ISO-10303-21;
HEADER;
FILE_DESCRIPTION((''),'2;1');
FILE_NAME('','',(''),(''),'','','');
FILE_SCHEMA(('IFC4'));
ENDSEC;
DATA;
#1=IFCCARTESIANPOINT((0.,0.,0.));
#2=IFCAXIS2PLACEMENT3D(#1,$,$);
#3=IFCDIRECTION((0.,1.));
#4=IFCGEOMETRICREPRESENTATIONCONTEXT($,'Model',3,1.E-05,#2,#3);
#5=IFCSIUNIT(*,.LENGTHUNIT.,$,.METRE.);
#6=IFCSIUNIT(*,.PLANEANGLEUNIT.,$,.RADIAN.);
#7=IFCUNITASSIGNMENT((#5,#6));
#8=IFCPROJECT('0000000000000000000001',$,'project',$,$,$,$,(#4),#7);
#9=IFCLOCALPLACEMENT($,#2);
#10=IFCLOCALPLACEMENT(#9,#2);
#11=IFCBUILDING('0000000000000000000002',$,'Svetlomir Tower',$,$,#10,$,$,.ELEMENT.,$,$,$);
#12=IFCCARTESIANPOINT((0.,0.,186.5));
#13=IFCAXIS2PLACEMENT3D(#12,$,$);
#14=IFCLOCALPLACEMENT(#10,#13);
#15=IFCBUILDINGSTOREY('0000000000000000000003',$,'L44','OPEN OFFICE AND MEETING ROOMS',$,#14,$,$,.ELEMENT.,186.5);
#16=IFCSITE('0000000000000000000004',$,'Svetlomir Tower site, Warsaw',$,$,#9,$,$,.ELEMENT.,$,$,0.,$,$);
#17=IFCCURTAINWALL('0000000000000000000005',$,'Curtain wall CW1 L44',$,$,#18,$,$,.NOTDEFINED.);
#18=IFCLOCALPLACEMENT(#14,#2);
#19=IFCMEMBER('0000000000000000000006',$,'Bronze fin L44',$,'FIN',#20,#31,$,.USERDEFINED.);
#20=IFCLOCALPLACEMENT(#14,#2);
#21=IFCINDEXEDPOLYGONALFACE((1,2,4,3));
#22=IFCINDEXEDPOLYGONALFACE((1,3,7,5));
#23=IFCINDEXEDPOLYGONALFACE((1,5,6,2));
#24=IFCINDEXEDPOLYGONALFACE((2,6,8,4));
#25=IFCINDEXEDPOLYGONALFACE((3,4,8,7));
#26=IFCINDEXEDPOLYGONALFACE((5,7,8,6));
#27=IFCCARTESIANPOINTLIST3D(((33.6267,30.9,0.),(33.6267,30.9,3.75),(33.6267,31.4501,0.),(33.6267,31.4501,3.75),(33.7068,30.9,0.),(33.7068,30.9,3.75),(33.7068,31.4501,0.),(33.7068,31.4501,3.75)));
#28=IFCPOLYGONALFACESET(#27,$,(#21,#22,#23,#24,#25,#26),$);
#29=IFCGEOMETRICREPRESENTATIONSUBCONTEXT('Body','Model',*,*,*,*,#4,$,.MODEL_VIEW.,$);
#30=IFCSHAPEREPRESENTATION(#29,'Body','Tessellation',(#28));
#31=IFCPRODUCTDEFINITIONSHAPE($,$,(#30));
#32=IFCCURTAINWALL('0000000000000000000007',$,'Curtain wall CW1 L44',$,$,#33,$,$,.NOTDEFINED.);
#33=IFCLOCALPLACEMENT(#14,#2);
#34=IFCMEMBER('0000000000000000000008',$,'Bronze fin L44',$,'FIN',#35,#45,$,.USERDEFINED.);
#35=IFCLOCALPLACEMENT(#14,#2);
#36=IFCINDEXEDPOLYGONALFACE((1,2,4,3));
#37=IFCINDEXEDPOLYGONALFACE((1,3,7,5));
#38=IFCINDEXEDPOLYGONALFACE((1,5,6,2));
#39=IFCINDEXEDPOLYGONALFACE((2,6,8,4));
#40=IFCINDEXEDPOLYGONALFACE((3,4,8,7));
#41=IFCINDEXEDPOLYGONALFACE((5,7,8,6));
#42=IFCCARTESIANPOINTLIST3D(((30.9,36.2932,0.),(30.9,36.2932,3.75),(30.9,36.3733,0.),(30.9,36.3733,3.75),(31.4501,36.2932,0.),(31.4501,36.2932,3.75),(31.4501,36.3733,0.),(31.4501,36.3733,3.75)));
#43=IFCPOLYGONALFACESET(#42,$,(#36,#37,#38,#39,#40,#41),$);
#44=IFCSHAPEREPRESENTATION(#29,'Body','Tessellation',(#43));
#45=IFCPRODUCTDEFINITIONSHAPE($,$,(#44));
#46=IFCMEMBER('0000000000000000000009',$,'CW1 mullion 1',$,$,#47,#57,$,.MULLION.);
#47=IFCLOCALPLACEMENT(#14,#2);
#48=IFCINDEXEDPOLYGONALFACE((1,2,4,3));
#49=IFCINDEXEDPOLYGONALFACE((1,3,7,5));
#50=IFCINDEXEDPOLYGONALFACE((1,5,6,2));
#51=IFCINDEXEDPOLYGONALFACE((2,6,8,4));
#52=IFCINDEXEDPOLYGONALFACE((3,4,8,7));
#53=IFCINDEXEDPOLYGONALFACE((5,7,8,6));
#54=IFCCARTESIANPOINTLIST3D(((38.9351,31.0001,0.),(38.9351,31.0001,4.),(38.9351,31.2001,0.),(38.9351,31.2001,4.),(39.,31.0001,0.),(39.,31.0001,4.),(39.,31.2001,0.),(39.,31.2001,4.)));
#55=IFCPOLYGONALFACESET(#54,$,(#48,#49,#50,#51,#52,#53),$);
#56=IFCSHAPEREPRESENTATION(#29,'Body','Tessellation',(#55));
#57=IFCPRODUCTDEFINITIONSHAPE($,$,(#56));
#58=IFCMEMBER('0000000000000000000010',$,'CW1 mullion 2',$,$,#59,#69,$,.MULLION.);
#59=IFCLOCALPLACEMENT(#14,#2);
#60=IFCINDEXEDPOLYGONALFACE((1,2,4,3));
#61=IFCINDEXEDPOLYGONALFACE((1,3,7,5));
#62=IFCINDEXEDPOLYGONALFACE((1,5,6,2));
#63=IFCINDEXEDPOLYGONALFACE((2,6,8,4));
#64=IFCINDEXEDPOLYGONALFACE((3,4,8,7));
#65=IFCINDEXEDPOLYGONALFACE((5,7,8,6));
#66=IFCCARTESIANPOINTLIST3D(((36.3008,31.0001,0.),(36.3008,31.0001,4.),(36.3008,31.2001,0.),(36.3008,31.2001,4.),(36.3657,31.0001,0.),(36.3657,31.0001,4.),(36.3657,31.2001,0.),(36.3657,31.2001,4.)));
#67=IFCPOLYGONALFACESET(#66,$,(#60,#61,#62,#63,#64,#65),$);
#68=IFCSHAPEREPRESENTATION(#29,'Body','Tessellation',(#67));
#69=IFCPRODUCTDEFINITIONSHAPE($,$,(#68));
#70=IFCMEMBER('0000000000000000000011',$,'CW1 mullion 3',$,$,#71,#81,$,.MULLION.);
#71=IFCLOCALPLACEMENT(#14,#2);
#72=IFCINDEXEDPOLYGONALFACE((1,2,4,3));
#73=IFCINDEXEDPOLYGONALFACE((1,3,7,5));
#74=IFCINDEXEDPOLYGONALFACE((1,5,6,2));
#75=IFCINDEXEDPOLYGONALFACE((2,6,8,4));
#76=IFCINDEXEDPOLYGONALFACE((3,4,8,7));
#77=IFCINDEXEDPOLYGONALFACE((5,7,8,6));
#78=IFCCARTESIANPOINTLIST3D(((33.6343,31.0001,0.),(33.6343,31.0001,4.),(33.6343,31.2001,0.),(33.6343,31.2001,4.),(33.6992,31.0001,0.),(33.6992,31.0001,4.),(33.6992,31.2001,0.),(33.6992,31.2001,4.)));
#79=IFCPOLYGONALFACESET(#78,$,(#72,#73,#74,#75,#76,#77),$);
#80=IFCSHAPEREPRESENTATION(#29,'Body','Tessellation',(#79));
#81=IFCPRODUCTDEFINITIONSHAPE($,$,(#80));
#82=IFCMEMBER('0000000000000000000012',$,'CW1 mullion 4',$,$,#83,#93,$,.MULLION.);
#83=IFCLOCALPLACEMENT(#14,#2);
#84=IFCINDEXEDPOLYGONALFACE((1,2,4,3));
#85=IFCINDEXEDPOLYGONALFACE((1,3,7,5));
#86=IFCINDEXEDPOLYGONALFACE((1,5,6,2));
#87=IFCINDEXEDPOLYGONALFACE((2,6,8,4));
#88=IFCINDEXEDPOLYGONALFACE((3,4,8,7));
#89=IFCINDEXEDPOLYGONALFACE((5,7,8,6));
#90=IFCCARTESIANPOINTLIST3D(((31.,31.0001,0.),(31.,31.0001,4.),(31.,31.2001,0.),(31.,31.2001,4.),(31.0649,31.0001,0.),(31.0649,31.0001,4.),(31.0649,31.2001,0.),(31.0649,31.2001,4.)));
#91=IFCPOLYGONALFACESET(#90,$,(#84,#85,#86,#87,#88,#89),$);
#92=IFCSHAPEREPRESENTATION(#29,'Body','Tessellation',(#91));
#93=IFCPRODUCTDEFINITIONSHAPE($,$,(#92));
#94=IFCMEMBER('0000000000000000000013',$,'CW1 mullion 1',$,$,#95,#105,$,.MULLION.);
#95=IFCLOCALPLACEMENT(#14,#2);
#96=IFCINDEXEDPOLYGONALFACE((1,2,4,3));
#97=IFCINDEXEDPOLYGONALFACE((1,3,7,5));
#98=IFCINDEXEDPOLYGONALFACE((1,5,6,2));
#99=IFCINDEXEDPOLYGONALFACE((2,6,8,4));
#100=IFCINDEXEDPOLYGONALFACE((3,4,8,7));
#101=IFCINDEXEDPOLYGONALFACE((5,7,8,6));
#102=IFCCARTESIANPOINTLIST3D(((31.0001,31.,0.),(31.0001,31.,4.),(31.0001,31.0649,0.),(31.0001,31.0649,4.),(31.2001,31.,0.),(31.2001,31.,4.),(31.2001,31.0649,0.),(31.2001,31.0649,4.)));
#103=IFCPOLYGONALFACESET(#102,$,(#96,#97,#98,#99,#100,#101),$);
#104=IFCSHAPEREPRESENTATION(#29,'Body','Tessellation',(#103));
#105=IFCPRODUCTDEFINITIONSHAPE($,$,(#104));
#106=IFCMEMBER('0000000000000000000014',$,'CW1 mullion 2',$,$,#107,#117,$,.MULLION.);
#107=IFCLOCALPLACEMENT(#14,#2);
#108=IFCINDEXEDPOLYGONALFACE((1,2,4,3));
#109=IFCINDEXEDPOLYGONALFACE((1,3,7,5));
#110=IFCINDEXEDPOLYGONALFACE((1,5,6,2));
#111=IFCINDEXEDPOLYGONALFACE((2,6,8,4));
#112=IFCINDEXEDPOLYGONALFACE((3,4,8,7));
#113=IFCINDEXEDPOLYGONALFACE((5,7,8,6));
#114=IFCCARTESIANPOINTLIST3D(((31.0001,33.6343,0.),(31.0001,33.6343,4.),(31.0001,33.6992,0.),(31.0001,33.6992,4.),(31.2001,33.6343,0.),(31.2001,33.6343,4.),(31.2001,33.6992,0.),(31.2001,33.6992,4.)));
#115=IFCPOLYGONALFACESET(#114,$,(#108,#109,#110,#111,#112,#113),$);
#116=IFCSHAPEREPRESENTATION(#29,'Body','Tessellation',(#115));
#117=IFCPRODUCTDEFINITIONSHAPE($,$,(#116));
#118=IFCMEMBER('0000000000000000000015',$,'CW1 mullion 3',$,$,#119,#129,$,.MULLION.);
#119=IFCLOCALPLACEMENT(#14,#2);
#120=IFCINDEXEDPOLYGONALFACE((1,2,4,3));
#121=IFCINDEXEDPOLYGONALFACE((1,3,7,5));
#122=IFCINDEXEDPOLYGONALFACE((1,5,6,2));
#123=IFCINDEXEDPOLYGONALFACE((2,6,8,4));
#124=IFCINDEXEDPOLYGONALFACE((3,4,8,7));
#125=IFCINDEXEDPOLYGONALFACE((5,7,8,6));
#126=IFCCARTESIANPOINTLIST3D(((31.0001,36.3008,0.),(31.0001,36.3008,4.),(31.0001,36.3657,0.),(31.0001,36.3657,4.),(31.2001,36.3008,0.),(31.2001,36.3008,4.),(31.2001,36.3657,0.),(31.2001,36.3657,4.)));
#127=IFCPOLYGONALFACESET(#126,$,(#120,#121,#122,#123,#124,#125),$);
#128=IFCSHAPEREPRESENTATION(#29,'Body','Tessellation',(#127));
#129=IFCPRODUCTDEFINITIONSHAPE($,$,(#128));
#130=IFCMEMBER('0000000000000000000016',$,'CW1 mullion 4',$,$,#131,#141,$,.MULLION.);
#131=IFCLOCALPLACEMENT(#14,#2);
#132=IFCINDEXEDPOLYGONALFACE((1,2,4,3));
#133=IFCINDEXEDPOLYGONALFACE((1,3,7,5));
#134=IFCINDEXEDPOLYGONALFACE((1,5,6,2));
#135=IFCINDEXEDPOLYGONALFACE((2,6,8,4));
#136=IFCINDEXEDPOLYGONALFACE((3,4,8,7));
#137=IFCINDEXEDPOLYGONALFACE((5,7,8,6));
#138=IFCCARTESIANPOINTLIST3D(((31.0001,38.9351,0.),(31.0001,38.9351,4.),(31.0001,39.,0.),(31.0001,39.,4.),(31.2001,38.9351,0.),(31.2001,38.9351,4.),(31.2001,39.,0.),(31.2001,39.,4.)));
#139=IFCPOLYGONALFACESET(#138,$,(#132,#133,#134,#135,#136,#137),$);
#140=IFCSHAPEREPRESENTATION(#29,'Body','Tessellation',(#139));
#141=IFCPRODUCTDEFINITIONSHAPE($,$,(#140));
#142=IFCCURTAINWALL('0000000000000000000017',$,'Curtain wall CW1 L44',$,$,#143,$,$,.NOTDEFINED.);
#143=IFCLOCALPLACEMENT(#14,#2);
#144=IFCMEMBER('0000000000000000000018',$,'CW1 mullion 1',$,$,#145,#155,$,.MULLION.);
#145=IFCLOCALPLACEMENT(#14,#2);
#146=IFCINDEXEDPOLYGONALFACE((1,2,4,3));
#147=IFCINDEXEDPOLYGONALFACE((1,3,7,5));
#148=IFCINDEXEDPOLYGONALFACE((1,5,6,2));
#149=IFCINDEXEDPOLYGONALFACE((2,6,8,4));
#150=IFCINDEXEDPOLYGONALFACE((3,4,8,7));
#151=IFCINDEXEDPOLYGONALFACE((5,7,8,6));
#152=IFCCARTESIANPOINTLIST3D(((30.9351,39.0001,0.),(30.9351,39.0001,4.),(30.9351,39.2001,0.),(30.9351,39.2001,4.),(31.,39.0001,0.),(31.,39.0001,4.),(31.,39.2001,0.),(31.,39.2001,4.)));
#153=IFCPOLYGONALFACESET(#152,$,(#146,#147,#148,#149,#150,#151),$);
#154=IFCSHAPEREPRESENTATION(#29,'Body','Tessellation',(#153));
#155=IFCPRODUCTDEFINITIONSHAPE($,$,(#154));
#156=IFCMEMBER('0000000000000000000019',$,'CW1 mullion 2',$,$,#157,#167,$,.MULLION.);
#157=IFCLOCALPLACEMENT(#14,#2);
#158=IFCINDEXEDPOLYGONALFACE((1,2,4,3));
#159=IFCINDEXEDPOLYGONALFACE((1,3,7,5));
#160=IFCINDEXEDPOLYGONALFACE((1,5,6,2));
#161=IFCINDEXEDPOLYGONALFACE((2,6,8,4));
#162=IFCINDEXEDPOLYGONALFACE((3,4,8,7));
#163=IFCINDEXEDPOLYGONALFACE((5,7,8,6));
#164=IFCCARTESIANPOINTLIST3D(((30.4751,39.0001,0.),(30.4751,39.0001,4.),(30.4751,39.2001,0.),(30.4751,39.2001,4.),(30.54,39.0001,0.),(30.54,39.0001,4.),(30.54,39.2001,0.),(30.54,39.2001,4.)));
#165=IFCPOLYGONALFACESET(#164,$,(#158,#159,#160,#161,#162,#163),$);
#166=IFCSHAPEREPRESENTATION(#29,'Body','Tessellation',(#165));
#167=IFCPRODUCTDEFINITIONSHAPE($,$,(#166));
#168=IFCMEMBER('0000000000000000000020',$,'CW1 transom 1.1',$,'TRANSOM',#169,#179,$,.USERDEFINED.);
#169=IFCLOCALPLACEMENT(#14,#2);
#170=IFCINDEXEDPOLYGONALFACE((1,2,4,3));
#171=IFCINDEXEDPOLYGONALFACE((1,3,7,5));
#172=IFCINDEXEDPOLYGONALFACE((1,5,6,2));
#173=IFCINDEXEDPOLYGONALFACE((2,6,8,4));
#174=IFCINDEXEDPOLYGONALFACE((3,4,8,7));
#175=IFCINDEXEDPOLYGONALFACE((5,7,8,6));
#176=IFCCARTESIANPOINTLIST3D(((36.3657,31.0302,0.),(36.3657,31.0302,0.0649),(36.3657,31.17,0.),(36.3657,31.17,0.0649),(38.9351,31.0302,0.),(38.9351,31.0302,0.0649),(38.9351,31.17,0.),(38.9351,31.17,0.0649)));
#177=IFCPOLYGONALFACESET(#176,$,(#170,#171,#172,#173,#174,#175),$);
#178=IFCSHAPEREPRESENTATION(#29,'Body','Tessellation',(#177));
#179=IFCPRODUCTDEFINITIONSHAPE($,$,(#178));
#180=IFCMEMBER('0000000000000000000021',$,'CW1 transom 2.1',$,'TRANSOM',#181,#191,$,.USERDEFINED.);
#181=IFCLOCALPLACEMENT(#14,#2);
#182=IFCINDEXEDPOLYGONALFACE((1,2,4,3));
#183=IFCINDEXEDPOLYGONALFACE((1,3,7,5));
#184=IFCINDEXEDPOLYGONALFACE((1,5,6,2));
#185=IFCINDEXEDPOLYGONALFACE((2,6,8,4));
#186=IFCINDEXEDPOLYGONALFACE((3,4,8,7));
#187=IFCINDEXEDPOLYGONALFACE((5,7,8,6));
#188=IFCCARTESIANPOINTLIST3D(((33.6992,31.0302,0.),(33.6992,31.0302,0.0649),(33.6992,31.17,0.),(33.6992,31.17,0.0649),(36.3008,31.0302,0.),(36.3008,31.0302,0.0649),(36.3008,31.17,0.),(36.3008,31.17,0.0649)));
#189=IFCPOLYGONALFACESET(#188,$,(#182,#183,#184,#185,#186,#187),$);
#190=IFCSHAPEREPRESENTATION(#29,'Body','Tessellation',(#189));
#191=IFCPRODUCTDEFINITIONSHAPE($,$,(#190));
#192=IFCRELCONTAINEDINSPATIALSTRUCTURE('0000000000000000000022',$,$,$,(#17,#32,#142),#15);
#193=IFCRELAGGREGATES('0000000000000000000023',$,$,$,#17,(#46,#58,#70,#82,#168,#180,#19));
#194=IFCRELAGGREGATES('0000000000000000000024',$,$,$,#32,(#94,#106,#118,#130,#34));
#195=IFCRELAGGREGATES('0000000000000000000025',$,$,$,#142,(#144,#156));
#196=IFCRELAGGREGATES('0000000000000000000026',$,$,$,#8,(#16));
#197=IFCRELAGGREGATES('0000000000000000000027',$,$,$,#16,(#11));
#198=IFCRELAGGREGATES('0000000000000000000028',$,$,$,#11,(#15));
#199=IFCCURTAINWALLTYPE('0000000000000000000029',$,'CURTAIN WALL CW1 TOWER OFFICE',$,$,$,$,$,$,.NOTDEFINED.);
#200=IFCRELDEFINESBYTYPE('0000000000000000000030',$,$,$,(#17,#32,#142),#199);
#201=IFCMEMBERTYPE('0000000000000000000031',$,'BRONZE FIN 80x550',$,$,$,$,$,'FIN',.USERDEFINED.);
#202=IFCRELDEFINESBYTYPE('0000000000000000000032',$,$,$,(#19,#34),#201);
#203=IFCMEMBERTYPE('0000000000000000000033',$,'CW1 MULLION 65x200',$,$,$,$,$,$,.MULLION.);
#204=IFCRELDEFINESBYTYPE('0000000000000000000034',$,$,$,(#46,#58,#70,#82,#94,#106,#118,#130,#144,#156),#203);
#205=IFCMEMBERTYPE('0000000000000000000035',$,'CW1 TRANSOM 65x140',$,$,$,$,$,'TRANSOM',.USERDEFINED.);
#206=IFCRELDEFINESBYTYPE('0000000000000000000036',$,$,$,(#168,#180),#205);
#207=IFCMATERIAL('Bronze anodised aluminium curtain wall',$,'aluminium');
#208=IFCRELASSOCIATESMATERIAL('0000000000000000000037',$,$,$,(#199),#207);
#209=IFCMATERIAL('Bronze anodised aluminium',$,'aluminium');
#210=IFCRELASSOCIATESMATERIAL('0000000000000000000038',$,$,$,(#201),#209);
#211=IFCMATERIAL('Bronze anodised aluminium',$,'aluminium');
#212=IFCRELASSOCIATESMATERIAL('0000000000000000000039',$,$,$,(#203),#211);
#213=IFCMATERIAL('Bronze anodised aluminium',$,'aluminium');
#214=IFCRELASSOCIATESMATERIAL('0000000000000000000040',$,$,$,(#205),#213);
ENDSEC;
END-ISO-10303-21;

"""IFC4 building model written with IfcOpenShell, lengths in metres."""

from ifc_helpers import new_model, si_unit, direction, frame, origin, origin_2d, place, context, subcontext, project, spatial, rectangle, extrude, material, material_profile, profile_set, type_object, element, aggregate, save


model = new_model("IFC4")

# Units and contexts
model_context = context("Model", 3, precision=1e-05, world=origin(), true_north=direction((0.0, 1.0)))
body_context = subcontext(model_context, "Body", "Model", "MODEL_VIEW")
ifc_project = project(units=[si_unit("LENGTHUNIT", "METRE"), si_unit("PLANEANGLEUNIT", "RADIAN")], contexts=[model_context])

# Site, building, storey
site_placement = place(None, origin())
site = spatial("IfcSite", under=ifc_project, at=site_placement, Name="Svetlomir Tower site, Warsaw", CompositionType="ELEMENT", RefElevation=0.0)
building_placement = place(site_placement, origin())
building = spatial("IfcBuilding", under=site, at=building_placement, Name="Svetlomir Tower", CompositionType="ELEMENT")
storey_placement = place(building_placement, frame((0.0, 0.0, 186.5)))
storey = spatial("IfcBuildingStorey", under=building, at=storey_placement, Name="L44", Description="OPEN OFFICE AND MEETING ROOMS", CompositionType="ELEMENT", Elevation=186.5)

# Curtain walls, members
ifc_material_1 = material(Name="Bronze anodised aluminium curtain wall", Category="aluminium")
curtain_wall_type = type_object("IfcCurtainWallType", Name="CURTAIN WALL CW1 TOWER OFFICE", PredefinedType="NOTDEFINED", material=ifc_material_1)
curtain_wall_1_placement = place(storey_placement, origin())
curtain_wall_1 = element("IfcCurtainWall", 1, at=curtain_wall_1_placement, inside=storey, type_object=curtain_wall_type, Name="Curtain wall CW1 L44", PredefinedType="NOTDEFINED")
ifc_material_2 = material(Name="Bronze anodised aluminium", Category="aluminium")
ifc_material_profile_1 = material_profile(ifc_material_2, rectangle(XDim=0.0801, YDim=0.55, at=origin_2d()), Name="FIN 80x550")
ifc_profile_set_1 = profile_set([ifc_material_profile_1], Name="Bronze anodised aluminium 6063-T6")
member_type_1 = type_object("IfcMemberType", Name="BRONZE FIN 80x550", ElementType="FIN", PredefinedType="USERDEFINED", material=ifc_profile_set_1)
member_1_placement = place(storey_placement, frame((33.6667, 31.175, 0.0), z_axis=(0.0, 0.0, 1.0), x_axis=(1.0, 0.0, 0.0)))
member_1 = element("IfcMember", 2, at=member_1_placement, type_object=member_type_1, Name="Bronze fin L44", ObjectType="FIN", PredefinedType="USERDEFINED", context=body_context, shape_type="SweptSolid", body=[
    extrude(rectangle(XDim=0.0801, YDim=0.55, at=origin_2d()), origin(), (0.0, 0.0, 1.0), 3.75),
])
curtain_wall_2_placement = place(storey_placement, origin())
curtain_wall_2 = element("IfcCurtainWall", 3, at=curtain_wall_2_placement, inside=storey, type_object=curtain_wall_type, Name="Curtain wall CW1 L44", PredefinedType="NOTDEFINED")
member_2_placement = place(storey_placement, frame((31.175, 36.3333, 0.0), z_axis=(0.0, 0.0, 1.0), x_axis=(0.0, 1.0, 0.0)))
member_2 = element("IfcMember", 4, at=member_2_placement, type_object=member_type_1, Name="Bronze fin L44", ObjectType="FIN", PredefinedType="USERDEFINED", context=body_context, shape_type="SweptSolid", body=[
    extrude(rectangle(XDim=0.0801, YDim=0.55, at=origin_2d()), origin(), (0.0, 0.0, 1.0), 3.75),
])

# Members
ifc_material_3 = material(Name="Bronze anodised aluminium", Category="aluminium")
ifc_material_profile_2 = material_profile(ifc_material_3, rectangle(XDim=0.0649, YDim=0.2, at=origin_2d()), Name="AL 65x200")
ifc_profile_set_2 = profile_set([ifc_material_profile_2], Name="Bronze anodised aluminium 6063-T6")
member_type_2 = type_object("IfcMemberType", Name="CW1 MULLION 65x200", PredefinedType="MULLION", material=ifc_profile_set_2)
member_3_placement = place(storey_placement, frame((38.9675, 31.1001, 0.0), z_axis=(0.0, 0.0, 1.0), x_axis=(-1.0, 0.0, 0.0)))
member_3 = element("IfcMember", 5, at=member_3_placement, type_object=member_type_2, Name="CW1 mullion 1", PredefinedType="MULLION", context=body_context, shape_type="SweptSolid", body=[
    extrude(rectangle(XDim=0.0649, YDim=0.2, at=origin_2d()), origin(), (0.0, 0.0, 1.0), 4.0),
])
member_4_placement = place(storey_placement, frame((36.3333, 31.1001, 0.0), z_axis=(0.0, 0.0, 1.0), x_axis=(-1.0, 0.0, 0.0)))
member_4 = element("IfcMember", 6, at=member_4_placement, type_object=member_type_2, Name="CW1 mullion 2", PredefinedType="MULLION", context=body_context, shape_type="SweptSolid", body=[
    extrude(rectangle(XDim=0.0649, YDim=0.2, at=origin_2d()), origin(), (0.0, 0.0, 1.0), 4.0),
])
member_5_placement = place(storey_placement, frame((33.6667, 31.1001, 0.0), z_axis=(0.0, 0.0, 1.0), x_axis=(-1.0, 0.0, 0.0)))
member_5 = element("IfcMember", 7, at=member_5_placement, type_object=member_type_2, Name="CW1 mullion 3", PredefinedType="MULLION", context=body_context, shape_type="SweptSolid", body=[
    extrude(rectangle(XDim=0.0649, YDim=0.2, at=origin_2d()), origin(), (0.0, 0.0, 1.0), 4.0),
])
member_6_placement = place(storey_placement, frame((31.0325, 31.1001, 0.0), z_axis=(0.0, 0.0, 1.0), x_axis=(-1.0, 0.0, 0.0)))
member_6 = element("IfcMember", 8, at=member_6_placement, type_object=member_type_2, Name="CW1 mullion 4", PredefinedType="MULLION", context=body_context, shape_type="SweptSolid", body=[
    extrude(rectangle(XDim=0.0649, YDim=0.2, at=origin_2d()), origin(), (0.0, 0.0, 1.0), 4.0),
])
member_7_placement = place(storey_placement, frame((31.1001, 31.0325, 0.0), z_axis=(0.0, 0.0, 1.0), x_axis=(0.0, 1.0, 0.0)))
member_7 = element("IfcMember", 9, at=member_7_placement, type_object=member_type_2, Name="CW1 mullion 1", PredefinedType="MULLION", context=body_context, shape_type="SweptSolid", body=[
    extrude(rectangle(XDim=0.0649, YDim=0.2, at=origin_2d()), origin(), (0.0, 0.0, 1.0), 4.0),
])
member_8_placement = place(storey_placement, frame((31.1001, 33.6667, 0.0), z_axis=(0.0, 0.0, 1.0), x_axis=(0.0, 1.0, 0.0)))
member_8 = element("IfcMember", 10, at=member_8_placement, type_object=member_type_2, Name="CW1 mullion 2", PredefinedType="MULLION", context=body_context, shape_type="SweptSolid", body=[
    extrude(rectangle(XDim=0.0649, YDim=0.2, at=origin_2d()), origin(), (0.0, 0.0, 1.0), 4.0),
])
member_9_placement = place(storey_placement, frame((31.1001, 36.3333, 0.0), z_axis=(0.0, 0.0, 1.0), x_axis=(0.0, 1.0, 0.0)))
member_9 = element("IfcMember", 11, at=member_9_placement, type_object=member_type_2, Name="CW1 mullion 3", PredefinedType="MULLION", context=body_context, shape_type="SweptSolid", body=[
    extrude(rectangle(XDim=0.0649, YDim=0.2, at=origin_2d()), origin(), (0.0, 0.0, 1.0), 4.0),
])
member_10_placement = place(storey_placement, frame((31.1001, 38.9675, 0.0), z_axis=(0.0, 0.0, 1.0), x_axis=(0.0, 1.0, 0.0)))
member_10 = element("IfcMember", 12, at=member_10_placement, type_object=member_type_2, Name="CW1 mullion 4", PredefinedType="MULLION", context=body_context, shape_type="SweptSolid", body=[
    extrude(rectangle(XDim=0.0649, YDim=0.2, at=origin_2d()), origin(), (0.0, 0.0, 1.0), 4.0),
])

# Curtain wall, members
curtain_wall_3_placement = place(storey_placement, origin())
curtain_wall_3 = element("IfcCurtainWall", 13, at=curtain_wall_3_placement, inside=storey, type_object=curtain_wall_type, Name="Curtain wall CW1 L44", PredefinedType="NOTDEFINED")
member_11_placement = place(storey_placement, frame((30.9675, 39.1001, 0.0), z_axis=(0.0, 0.0, 1.0), x_axis=(-1.0, 0.0, 0.0)))
member_11 = element("IfcMember", 14, at=member_11_placement, type_object=member_type_2, Name="CW1 mullion 1", PredefinedType="MULLION", context=body_context, shape_type="SweptSolid", body=[
    extrude(rectangle(XDim=0.0649, YDim=0.2, at=origin_2d()), origin(), (0.0, 0.0, 1.0), 4.0),
])
member_12_placement = place(storey_placement, frame((30.5076, 39.1001, 0.0), z_axis=(0.0, 0.0, 1.0), x_axis=(-1.0, 0.0, 0.0)))
member_12 = element("IfcMember", 15, at=member_12_placement, type_object=member_type_2, Name="CW1 mullion 2", PredefinedType="MULLION", context=body_context, shape_type="SweptSolid", body=[
    extrude(rectangle(XDim=0.0649, YDim=0.2, at=origin_2d()), origin(), (0.0, 0.0, 1.0), 4.0),
])

# Members
ifc_material_4 = material(Name="Bronze anodised aluminium", Category="aluminium")
ifc_material_profile_3 = material_profile(ifc_material_4, rectangle(XDim=0.1399, YDim=0.0649, at=origin_2d()), Name="AL 140x65")
ifc_profile_set_3 = profile_set([ifc_material_profile_3], Name="Bronze anodised aluminium 6063-T6")
member_type_3 = type_object("IfcMemberType", Name="CW1 TRANSOM 65x140", ElementType="TRANSOM", PredefinedType="USERDEFINED", material=ifc_profile_set_3)
member_13_placement = place(storey_placement, frame((38.9351, 31.1001, 0.0325), z_axis=(-1.0, 0.0, 0.0), x_axis=(0.0, -1.0, 0.0)))
member_13 = element("IfcMember", 16, at=member_13_placement, type_object=member_type_3, Name="CW1 transom 1.1", ObjectType="TRANSOM", PredefinedType="USERDEFINED", context=body_context, shape_type="SweptSolid", body=[
    extrude(rectangle(XDim=0.1399, YDim=0.0649, at=origin_2d()), origin(), (0.0, 0.0, 1.0), 2.5693),
])
member_14_placement = place(storey_placement, frame((36.3008, 31.1001, 0.0325), z_axis=(-1.0, 0.0, 0.0), x_axis=(0.0, -1.0, 0.0)))
member_14 = element("IfcMember", 17, at=member_14_placement, type_object=member_type_3, Name="CW1 transom 2.1", ObjectType="TRANSOM", PredefinedType="USERDEFINED", context=body_context, shape_type="SweptSolid", body=[
    extrude(rectangle(XDim=0.1399, YDim=0.0649, at=origin_2d()), origin(), (0.0, 0.0, 1.0), 2.6016),
])

aggregate(curtain_wall_1, [member_3, member_4, member_5, member_6, member_13, member_14, member_1])
aggregate(curtain_wall_2, [member_7, member_8, member_9, member_10, member_2])
aggregate(curtain_wall_3, [member_11, member_12])

save(model, "model.ifc")
